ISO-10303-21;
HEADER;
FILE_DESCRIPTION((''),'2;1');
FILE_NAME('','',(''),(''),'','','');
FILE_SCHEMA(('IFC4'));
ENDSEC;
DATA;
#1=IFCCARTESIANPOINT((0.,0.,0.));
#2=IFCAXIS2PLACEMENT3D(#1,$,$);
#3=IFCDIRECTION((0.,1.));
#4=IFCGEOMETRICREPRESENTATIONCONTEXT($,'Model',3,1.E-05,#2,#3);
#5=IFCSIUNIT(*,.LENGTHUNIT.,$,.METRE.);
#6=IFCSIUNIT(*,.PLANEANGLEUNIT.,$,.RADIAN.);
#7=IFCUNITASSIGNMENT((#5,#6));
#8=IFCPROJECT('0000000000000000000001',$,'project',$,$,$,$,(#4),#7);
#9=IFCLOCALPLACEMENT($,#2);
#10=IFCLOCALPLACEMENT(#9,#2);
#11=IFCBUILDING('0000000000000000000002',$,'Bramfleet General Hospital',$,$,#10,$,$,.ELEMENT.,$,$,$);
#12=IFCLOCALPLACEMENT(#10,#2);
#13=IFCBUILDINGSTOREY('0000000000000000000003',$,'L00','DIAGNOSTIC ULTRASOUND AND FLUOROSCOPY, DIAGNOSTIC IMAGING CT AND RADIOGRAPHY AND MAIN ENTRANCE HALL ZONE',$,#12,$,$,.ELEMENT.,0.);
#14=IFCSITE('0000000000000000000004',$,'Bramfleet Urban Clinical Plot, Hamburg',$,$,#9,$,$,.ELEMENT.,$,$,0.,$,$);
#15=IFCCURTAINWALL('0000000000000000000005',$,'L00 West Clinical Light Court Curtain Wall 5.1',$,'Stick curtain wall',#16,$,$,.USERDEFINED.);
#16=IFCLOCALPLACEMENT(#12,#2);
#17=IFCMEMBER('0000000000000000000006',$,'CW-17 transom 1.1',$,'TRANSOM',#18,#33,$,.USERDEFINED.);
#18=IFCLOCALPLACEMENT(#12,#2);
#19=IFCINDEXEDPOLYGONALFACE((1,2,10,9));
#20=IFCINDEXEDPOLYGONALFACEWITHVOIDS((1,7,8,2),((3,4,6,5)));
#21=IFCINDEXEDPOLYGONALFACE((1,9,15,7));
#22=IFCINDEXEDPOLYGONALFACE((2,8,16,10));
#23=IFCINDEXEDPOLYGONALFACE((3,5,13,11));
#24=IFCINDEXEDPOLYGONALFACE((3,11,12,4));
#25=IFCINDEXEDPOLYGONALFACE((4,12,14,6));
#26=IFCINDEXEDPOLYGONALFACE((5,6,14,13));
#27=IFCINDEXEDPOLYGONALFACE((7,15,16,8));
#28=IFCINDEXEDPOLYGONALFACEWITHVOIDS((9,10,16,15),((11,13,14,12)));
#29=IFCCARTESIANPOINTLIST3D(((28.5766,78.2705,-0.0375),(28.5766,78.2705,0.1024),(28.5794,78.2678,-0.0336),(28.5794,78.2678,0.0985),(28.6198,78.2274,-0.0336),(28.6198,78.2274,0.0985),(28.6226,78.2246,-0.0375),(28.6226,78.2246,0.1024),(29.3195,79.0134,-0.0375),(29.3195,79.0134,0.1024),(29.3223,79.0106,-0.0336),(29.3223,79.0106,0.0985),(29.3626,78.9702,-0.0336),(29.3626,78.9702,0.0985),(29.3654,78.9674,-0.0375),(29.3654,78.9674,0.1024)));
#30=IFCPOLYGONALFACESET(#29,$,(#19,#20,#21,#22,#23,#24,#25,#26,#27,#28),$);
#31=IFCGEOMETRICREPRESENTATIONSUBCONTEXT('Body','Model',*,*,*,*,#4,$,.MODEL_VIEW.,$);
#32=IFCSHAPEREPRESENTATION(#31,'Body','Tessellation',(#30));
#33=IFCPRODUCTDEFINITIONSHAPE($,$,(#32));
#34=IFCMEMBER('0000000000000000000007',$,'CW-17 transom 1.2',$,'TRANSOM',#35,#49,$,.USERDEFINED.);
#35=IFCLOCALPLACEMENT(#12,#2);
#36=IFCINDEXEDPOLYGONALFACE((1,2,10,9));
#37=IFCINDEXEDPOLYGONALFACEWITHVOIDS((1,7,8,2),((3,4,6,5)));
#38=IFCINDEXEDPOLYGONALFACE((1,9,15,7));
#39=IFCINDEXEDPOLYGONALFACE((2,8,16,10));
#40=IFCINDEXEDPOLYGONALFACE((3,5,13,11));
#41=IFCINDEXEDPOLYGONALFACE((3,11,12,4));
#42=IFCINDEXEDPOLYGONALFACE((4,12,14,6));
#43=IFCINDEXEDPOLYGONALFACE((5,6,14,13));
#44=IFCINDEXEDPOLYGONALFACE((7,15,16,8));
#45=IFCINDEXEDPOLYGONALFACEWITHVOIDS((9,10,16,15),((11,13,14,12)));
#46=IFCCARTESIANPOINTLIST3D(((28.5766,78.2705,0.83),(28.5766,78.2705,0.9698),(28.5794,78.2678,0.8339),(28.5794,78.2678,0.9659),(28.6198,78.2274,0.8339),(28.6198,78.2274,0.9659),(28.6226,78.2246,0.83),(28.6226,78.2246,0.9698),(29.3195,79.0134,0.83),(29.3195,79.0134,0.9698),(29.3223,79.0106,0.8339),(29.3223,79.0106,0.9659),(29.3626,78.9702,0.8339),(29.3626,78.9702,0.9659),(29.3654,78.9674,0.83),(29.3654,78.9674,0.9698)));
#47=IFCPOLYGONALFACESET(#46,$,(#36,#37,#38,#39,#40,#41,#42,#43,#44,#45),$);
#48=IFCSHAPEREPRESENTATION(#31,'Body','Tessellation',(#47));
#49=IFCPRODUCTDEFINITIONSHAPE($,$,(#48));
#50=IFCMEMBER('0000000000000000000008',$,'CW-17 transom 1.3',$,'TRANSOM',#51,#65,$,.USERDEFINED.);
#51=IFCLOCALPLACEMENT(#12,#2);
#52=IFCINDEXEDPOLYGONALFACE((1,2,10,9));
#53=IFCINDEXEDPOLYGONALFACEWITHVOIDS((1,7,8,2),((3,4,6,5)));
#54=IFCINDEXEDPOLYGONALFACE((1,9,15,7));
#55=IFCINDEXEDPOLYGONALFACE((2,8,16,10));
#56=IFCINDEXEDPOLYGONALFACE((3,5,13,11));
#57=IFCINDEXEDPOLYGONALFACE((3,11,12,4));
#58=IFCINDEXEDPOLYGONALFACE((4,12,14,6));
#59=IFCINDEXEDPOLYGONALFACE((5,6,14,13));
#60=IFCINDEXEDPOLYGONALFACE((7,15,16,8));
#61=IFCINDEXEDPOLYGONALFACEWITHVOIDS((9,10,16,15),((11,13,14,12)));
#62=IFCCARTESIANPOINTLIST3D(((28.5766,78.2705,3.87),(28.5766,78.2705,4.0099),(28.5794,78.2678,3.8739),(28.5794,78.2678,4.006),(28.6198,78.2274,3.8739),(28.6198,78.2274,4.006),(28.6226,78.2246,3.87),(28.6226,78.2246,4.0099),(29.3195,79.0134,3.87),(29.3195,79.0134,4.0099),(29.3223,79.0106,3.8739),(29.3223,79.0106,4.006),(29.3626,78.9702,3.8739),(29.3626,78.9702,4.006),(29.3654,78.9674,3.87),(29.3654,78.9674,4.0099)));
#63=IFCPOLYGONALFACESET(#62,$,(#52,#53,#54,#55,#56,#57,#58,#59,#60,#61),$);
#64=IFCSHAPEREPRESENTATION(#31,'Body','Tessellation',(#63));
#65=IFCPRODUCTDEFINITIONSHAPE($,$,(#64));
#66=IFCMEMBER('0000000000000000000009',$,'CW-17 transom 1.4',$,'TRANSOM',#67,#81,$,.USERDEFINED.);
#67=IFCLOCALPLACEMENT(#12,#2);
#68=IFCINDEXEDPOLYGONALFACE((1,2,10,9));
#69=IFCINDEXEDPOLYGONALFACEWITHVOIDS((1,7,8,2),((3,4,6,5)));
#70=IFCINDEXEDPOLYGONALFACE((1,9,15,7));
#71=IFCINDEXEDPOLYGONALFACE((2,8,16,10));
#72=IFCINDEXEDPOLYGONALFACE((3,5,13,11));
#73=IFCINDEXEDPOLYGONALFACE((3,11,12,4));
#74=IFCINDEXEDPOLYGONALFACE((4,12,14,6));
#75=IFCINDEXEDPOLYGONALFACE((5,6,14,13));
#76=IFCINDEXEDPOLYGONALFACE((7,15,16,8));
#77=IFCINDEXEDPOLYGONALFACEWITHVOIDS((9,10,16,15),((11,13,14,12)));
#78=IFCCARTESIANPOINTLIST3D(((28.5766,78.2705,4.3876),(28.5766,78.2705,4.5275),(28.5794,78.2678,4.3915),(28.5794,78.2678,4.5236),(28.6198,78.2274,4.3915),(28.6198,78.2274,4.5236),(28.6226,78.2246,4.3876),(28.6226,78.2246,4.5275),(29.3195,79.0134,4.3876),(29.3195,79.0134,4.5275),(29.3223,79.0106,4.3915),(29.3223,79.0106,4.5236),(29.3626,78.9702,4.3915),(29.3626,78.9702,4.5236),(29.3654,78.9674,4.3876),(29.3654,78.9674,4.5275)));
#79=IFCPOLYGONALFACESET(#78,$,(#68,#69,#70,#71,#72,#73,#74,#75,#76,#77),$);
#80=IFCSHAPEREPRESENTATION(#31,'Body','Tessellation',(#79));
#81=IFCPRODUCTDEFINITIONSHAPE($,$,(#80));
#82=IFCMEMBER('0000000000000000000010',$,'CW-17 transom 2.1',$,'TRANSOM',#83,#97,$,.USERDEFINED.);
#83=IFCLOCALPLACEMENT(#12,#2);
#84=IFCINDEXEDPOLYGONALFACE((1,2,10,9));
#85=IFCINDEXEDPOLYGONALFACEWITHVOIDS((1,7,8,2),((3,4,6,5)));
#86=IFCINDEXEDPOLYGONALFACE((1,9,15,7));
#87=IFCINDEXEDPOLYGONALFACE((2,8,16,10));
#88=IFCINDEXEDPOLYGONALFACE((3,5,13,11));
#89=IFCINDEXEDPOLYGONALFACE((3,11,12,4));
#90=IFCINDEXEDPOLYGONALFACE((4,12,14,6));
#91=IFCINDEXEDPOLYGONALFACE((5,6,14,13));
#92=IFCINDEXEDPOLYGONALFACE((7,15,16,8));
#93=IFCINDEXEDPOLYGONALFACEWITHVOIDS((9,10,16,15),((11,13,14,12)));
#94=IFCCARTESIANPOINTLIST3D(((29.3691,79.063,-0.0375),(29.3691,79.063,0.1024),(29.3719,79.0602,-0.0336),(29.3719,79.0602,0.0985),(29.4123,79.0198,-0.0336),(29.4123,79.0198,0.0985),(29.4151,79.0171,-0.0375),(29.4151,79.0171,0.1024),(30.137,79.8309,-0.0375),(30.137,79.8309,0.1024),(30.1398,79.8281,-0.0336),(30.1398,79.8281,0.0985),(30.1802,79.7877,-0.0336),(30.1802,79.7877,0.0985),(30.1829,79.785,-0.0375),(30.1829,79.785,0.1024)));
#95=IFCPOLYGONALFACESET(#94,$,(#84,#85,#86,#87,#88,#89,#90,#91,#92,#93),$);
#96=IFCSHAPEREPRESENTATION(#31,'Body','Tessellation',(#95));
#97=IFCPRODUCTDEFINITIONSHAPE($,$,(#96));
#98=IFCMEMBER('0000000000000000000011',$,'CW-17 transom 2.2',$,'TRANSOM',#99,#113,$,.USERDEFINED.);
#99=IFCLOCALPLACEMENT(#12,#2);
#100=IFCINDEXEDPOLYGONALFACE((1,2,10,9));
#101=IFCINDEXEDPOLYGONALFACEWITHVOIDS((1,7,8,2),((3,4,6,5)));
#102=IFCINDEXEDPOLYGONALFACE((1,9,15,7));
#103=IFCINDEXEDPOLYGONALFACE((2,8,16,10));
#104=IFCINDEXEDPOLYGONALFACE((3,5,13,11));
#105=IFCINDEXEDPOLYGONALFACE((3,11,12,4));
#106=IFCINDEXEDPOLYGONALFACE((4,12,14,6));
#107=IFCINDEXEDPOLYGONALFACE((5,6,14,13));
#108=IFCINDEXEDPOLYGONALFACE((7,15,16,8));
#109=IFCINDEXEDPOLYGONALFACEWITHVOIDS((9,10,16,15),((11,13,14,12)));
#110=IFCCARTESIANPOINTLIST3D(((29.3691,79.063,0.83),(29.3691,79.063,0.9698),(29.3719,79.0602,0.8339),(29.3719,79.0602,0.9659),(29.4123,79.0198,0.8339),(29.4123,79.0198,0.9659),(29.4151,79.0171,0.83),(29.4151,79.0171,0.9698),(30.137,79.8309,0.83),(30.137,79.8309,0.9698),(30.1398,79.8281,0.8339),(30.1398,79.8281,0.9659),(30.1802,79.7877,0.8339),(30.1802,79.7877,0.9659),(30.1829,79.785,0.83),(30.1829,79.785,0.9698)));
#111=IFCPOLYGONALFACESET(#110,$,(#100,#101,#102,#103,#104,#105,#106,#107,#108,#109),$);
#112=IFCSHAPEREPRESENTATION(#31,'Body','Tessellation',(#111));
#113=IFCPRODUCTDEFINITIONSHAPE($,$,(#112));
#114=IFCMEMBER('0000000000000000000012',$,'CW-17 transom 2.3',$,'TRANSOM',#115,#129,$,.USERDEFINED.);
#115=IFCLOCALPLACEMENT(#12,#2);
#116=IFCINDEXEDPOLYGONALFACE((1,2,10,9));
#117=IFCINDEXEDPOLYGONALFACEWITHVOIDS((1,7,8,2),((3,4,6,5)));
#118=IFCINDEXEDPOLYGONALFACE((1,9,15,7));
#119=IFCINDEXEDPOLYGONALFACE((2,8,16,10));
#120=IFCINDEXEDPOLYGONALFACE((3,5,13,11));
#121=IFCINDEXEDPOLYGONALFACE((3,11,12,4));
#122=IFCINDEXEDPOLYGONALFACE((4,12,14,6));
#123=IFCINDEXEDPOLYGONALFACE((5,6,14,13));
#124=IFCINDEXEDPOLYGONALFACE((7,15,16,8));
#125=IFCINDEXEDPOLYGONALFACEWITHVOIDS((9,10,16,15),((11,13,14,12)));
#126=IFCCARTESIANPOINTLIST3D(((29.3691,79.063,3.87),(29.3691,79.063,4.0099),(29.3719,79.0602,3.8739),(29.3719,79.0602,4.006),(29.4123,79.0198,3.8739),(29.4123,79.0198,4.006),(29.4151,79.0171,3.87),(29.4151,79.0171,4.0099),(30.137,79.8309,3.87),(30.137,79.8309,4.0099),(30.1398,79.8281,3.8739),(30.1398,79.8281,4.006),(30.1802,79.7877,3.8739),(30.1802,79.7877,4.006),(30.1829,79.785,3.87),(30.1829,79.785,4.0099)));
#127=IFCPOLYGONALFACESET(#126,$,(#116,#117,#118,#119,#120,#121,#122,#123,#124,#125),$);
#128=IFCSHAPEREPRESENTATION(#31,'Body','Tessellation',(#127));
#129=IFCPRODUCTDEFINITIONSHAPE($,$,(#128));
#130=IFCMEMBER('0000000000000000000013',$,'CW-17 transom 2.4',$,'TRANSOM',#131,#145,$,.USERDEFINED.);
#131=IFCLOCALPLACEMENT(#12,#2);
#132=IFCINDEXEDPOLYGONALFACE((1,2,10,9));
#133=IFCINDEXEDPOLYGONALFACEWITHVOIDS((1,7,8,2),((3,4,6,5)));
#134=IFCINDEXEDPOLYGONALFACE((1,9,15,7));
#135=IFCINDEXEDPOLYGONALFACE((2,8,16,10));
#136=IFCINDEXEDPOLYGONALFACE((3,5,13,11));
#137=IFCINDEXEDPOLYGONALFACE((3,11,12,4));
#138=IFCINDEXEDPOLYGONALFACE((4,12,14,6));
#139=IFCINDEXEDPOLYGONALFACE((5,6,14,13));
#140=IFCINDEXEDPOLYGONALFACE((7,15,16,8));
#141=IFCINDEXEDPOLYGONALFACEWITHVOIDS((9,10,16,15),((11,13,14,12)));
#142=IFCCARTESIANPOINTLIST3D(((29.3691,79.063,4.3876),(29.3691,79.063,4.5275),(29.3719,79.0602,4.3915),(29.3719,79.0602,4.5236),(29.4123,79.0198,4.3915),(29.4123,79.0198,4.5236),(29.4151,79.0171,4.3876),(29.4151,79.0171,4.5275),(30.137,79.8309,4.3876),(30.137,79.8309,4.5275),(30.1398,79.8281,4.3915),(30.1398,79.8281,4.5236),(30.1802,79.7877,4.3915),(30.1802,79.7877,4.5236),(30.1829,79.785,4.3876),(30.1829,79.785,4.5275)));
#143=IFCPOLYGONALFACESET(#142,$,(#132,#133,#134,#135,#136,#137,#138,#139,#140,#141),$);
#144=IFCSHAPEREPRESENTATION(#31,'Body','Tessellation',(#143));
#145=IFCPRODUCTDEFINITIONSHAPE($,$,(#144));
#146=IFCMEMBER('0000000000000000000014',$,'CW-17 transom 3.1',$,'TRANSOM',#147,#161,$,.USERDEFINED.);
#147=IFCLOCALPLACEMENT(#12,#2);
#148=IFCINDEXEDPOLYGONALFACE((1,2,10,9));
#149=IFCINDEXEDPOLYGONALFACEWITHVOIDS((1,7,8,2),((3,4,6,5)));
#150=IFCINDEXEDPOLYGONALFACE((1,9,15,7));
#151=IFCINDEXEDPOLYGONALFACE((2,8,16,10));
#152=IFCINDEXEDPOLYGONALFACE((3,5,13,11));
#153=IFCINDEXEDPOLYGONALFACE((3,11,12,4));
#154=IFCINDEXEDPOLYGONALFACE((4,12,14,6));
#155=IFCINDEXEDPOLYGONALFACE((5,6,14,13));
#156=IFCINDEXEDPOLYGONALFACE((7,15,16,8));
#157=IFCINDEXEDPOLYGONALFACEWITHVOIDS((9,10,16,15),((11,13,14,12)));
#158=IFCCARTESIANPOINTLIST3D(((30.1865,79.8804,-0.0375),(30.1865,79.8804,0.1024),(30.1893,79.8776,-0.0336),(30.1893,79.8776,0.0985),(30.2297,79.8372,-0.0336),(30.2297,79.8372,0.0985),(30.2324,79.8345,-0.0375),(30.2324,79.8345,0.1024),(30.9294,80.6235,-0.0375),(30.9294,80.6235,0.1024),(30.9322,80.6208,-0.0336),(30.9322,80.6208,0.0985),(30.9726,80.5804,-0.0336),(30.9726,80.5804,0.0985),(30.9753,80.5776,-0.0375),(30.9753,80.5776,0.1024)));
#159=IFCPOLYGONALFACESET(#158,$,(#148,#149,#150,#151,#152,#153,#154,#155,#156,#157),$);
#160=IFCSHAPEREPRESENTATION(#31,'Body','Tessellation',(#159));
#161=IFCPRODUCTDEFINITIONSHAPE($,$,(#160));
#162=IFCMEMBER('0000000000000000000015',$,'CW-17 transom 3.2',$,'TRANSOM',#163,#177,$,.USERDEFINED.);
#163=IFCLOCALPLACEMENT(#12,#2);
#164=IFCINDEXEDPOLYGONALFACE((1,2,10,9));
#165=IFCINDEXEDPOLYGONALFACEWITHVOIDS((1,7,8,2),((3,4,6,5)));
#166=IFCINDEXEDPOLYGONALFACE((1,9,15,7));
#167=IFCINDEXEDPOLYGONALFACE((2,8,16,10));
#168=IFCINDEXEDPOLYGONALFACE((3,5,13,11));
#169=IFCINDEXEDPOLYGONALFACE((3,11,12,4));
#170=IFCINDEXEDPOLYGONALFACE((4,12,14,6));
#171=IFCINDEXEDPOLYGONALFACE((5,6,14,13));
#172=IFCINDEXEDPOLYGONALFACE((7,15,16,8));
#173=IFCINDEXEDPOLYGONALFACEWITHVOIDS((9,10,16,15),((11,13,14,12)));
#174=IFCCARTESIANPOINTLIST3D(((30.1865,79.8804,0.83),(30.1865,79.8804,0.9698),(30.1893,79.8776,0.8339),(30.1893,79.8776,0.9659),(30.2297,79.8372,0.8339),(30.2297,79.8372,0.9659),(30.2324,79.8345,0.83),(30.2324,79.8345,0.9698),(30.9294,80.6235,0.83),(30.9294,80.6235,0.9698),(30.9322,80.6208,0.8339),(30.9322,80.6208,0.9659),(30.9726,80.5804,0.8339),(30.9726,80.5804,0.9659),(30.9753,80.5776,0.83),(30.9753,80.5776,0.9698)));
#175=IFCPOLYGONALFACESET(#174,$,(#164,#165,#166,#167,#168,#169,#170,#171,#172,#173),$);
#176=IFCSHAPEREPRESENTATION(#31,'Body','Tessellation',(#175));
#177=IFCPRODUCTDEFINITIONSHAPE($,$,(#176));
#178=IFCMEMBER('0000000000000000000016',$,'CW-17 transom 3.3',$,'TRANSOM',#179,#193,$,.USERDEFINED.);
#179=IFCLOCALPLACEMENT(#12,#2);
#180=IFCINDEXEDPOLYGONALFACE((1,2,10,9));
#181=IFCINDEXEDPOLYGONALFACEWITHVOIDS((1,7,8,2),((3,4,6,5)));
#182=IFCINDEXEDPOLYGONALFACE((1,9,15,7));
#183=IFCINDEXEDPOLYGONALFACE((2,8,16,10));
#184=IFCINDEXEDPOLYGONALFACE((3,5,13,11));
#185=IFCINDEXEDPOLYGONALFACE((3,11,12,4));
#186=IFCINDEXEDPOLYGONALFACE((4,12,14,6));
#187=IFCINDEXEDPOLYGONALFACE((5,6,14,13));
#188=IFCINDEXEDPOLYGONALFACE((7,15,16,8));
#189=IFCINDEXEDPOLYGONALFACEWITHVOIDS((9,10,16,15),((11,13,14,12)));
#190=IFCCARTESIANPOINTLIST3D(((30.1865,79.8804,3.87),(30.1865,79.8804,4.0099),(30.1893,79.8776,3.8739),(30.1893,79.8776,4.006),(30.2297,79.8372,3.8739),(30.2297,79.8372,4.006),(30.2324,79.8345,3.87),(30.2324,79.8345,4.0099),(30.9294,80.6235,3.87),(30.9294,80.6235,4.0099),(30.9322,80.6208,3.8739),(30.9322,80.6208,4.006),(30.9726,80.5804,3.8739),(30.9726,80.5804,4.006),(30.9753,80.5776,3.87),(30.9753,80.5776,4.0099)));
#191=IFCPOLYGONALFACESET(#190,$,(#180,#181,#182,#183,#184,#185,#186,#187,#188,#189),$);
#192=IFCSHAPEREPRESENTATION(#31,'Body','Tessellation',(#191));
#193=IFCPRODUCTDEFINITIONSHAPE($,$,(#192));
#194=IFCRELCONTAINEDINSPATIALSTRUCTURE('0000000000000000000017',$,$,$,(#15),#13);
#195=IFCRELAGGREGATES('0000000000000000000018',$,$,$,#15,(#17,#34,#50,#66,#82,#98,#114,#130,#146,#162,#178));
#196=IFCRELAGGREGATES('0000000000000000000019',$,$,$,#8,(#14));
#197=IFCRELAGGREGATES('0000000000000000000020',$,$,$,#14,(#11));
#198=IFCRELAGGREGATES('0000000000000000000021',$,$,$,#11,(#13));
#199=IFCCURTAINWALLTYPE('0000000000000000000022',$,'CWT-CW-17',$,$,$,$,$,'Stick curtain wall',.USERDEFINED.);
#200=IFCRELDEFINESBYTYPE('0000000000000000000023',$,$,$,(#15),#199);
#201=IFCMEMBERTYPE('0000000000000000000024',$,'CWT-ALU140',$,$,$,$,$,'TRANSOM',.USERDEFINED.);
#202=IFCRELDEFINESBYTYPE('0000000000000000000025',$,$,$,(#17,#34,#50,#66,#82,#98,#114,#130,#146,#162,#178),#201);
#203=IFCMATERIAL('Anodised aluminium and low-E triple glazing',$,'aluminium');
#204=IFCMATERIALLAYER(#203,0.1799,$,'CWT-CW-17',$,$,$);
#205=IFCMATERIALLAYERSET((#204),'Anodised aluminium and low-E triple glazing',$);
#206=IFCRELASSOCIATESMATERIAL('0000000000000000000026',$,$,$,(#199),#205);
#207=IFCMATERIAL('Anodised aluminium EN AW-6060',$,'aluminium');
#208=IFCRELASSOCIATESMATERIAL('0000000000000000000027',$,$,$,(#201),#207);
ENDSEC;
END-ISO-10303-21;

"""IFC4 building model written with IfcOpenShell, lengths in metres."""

from ifc_helpers import new_model, si_unit, direction, frame, origin, origin_2d, place, context, subcontext, project, spatial, hollow_rectangle, extrude, material, layer, layer_set, material_profile, profile_set, type_object, element, aggregate, save


model = new_model("IFC4")

# Units and contexts
model_context = context("Model", 3, precision=1e-05, world=origin(), true_north=direction((0.0, 1.0)))
body_context = subcontext(model_context, "Body", "Model", "MODEL_VIEW")
ifc_project = project(units=[si_unit("LENGTHUNIT", "METRE"), si_unit("PLANEANGLEUNIT", "RADIAN")], contexts=[model_context])

# Site, building, storey
site_placement = place(None, origin())
site = spatial("IfcSite", under=ifc_project, at=site_placement, Name="Bramfleet Urban Clinical Plot, Hamburg", CompositionType="ELEMENT", RefElevation=0.0)
building_placement = place(site_placement, origin())
building = spatial("IfcBuilding", under=site, at=building_placement, Name="Bramfleet General Hospital", CompositionType="ELEMENT")
storey_placement = place(building_placement, origin())
storey = spatial("IfcBuildingStorey", under=building, at=storey_placement, Name="L00", Description="DIAGNOSTIC ULTRASOUND AND FLUOROSCOPY, DIAGNOSTIC IMAGING CT AND RADIOGRAPHY AND MAIN ENTRANCE HALL ZONE", CompositionType="ELEMENT", Elevation=0.0)

# Shared definitions
ifc_material_1 = material(Name="Anodised aluminium and low-E triple glazing", Category="aluminium")
ifc_material_2 = material(Name="Anodised aluminium EN AW-6060", Category="aluminium")

# Curtain wall
ifc_layer_1 = layer(ifc_material_1, 0.1799, Name="CWT-CW-17")
ifc_layer_set_1 = layer_set([ifc_layer_1], Name="Anodised aluminium and low-E triple glazing")
curtain_wall_type_1 = type_object("IfcCurtainWallType", Name="CWT-CW-17", ElementType="Stick curtain wall", PredefinedType="USERDEFINED", material=ifc_layer_set_1)
curtain_wall_1_placement = place(storey_placement, origin())
curtain_wall_1 = element("IfcCurtainWall", 1, at=curtain_wall_1_placement, inside=storey, type_object=curtain_wall_type_1, Name="L00 West Clinical Light Court Curtain Wall 5.1", ObjectType="Stick curtain wall", PredefinedType="USERDEFINED")

# Members
ifc_material_profile_1 = material_profile(ifc_material_2, hollow_rectangle(XDim=0.0649, YDim=0.1399, WallThickness=0.0039, at=origin_2d()), Name="ALU 140x65x4.0")
ifc_profile_set_1 = profile_set([ifc_material_profile_1], Name="Anodised aluminium EN AW-6060")
member_type_1 = type_object("IfcMemberType", Name="CWT-ALU140", ElementType="TRANSOM", PredefinedType="USERDEFINED", material=ifc_profile_set_1)
member_1_placement = place(storey_placement, frame((28.5996, 78.2476, 0.0325), z_axis=(0.707107, 0.707107, 0.0), x_axis=(-0.707107, 0.707107, 0.0)))
member_1 = element("IfcMember", 2, at=member_1_placement, type_object=member_type_1, Name="CW-17 transom 1.1", ObjectType="TRANSOM", PredefinedType="USERDEFINED", context=body_context, shape_type="SweptSolid", body=[
    extrude(hollow_rectangle(XDim=0.0649, YDim=0.1399, WallThickness=0.0039, at=origin_2d()), origin(), (0.0, 0.0, 1.0), 1.0505),
])
member_2_placement = place(storey_placement, frame((28.5996, 78.2476, 0.8999), z_axis=(0.707107, 0.707107, 0.0), x_axis=(-0.707107, 0.707107, 0.0)))
member_2 = element("IfcMember", 3, at=member_2_placement, type_object=member_type_1, Name="CW-17 transom 1.2", ObjectType="TRANSOM", PredefinedType="USERDEFINED", context=body_context, shape_type="SweptSolid", body=[
    extrude(hollow_rectangle(XDim=0.0649, YDim=0.1399, WallThickness=0.0039, at=origin_2d()), origin(), (0.0, 0.0, 1.0), 1.0505),
])
member_3_placement = place(storey_placement, frame((28.5996, 78.2476, 3.9399), z_axis=(0.707107, 0.707107, 0.0), x_axis=(-0.707107, 0.707107, 0.0)))
member_3 = element("IfcMember", 4, at=member_3_placement, type_object=member_type_1, Name="CW-17 transom 1.3", ObjectType="TRANSOM", PredefinedType="USERDEFINED", context=body_context, shape_type="SweptSolid", body=[
    extrude(hollow_rectangle(XDim=0.0649, YDim=0.1399, WallThickness=0.0039, at=origin_2d()), origin(), (0.0, 0.0, 1.0), 1.0505),
])
member_4_placement = place(storey_placement, frame((28.5996, 78.2476, 4.4575), z_axis=(0.707107, 0.707107, 0.0), x_axis=(-0.707107, 0.707107, 0.0)))
member_4 = element("IfcMember", 5, at=member_4_placement, type_object=member_type_1, Name="CW-17 transom 1.4", ObjectType="TRANSOM", PredefinedType="USERDEFINED", context=body_context, shape_type="SweptSolid", body=[
    extrude(hollow_rectangle(XDim=0.0649, YDim=0.1399, WallThickness=0.0039, at=origin_2d()), origin(), (0.0, 0.0, 1.0), 1.0505),
])
member_5_placement = place(storey_placement, frame((29.3921, 79.04, 0.0325), z_axis=(0.707107, 0.707107, 0.0), x_axis=(-0.707107, 0.707107, 0.0)))
member_5 = element("IfcMember", 6, at=member_5_placement, type_object=member_type_1, Name="CW-17 transom 2.1", ObjectType="TRANSOM", PredefinedType="USERDEFINED", context=body_context, shape_type="SweptSolid", body=[
    extrude(hollow_rectangle(XDim=0.0649, YDim=0.1399, WallThickness=0.0039, at=origin_2d()), origin(), (0.0, 0.0, 1.0), 1.0859),
])
member_6_placement = place(storey_placement, frame((29.3921, 79.04, 0.8999), z_axis=(0.707107, 0.707107, 0.0), x_axis=(-0.707107, 0.707107, 0.0)))
member_6 = element("IfcMember", 7, at=member_6_placement, type_object=member_type_1, Name="CW-17 transom 2.2", ObjectType="TRANSOM", PredefinedType="USERDEFINED", context=body_context, shape_type="SweptSolid", body=[
    extrude(hollow_rectangle(XDim=0.0649, YDim=0.1399, WallThickness=0.0039, at=origin_2d()), origin(), (0.0, 0.0, 1.0), 1.0859),
])
member_7_placement = place(storey_placement, frame((29.3921, 79.04, 3.9399), z_axis=(0.707107, 0.707107, 0.0), x_axis=(-0.707107, 0.707107, 0.0)))
member_7 = element("IfcMember", 8, at=member_7_placement, type_object=member_type_1, Name="CW-17 transom 2.3", ObjectType="TRANSOM", PredefinedType="USERDEFINED", context=body_context, shape_type="SweptSolid", body=[
    extrude(hollow_rectangle(XDim=0.0649, YDim=0.1399, WallThickness=0.0039, at=origin_2d()), origin(), (0.0, 0.0, 1.0), 1.0859),
])
member_8_placement = place(storey_placement, frame((29.3921, 79.04, 4.4575), z_axis=(0.707107, 0.707107, 0.0), x_axis=(-0.707107, 0.707107, 0.0)))
member_8 = element("IfcMember", 9, at=member_8_placement, type_object=member_type_1, Name="CW-17 transom 2.4", ObjectType="TRANSOM", PredefinedType="USERDEFINED", context=body_context, shape_type="SweptSolid", body=[
    extrude(hollow_rectangle(XDim=0.0649, YDim=0.1399, WallThickness=0.0039, at=origin_2d()), origin(), (0.0, 0.0, 1.0), 1.0859),
])
member_9_placement = place(storey_placement, frame((30.2095, 79.8574, 0.0325), z_axis=(0.706991, 0.707223, 0.0), x_axis=(-0.707223, 0.706991, 0.0)))
member_9 = element("IfcMember", 10, at=member_9_placement, type_object=member_type_1, Name="CW-17 transom 3.1", ObjectType="TRANSOM", PredefinedType="USERDEFINED", context=body_context, shape_type="SweptSolid", body=[
    extrude(hollow_rectangle(XDim=0.0649, YDim=0.1399, WallThickness=0.0039, at=origin_2d()), origin(), (0.0, 0.0, 1.0), 1.0508),
])
member_10_placement = place(storey_placement, frame((30.2095, 79.8574, 0.8999), z_axis=(0.706991, 0.707223, 0.0), x_axis=(-0.707223, 0.706991, 0.0)))
member_10 = element("IfcMember", 11, at=member_10_placement, type_object=member_type_1, Name="CW-17 transom 3.2", ObjectType="TRANSOM", PredefinedType="USERDEFINED", context=body_context, shape_type="SweptSolid", body=[
    extrude(hollow_rectangle(XDim=0.0649, YDim=0.1399, WallThickness=0.0039, at=origin_2d()), origin(), (0.0, 0.0, 1.0), 1.0508),
])
member_11_placement = place(storey_placement, frame((30.2095, 79.8574, 3.9399), z_axis=(0.706991, 0.707223, 0.0), x_axis=(-0.707223, 0.706991, 0.0)))
member_11 = element("IfcMember", 12, at=member_11_placement, type_object=member_type_1, Name="CW-17 transom 3.3", ObjectType="TRANSOM", PredefinedType="USERDEFINED", context=body_context, shape_type="SweptSolid", body=[
    extrude(hollow_rectangle(XDim=0.0649, YDim=0.1399, WallThickness=0.0039, at=origin_2d()), origin(), (0.0, 0.0, 1.0), 1.0508),
])

aggregate(curtain_wall_1, [member_1, member_2, member_3, member_4, member_5, member_6, member_7, member_8, member_9, member_10, member_11])

save(model, "model.ifc")
